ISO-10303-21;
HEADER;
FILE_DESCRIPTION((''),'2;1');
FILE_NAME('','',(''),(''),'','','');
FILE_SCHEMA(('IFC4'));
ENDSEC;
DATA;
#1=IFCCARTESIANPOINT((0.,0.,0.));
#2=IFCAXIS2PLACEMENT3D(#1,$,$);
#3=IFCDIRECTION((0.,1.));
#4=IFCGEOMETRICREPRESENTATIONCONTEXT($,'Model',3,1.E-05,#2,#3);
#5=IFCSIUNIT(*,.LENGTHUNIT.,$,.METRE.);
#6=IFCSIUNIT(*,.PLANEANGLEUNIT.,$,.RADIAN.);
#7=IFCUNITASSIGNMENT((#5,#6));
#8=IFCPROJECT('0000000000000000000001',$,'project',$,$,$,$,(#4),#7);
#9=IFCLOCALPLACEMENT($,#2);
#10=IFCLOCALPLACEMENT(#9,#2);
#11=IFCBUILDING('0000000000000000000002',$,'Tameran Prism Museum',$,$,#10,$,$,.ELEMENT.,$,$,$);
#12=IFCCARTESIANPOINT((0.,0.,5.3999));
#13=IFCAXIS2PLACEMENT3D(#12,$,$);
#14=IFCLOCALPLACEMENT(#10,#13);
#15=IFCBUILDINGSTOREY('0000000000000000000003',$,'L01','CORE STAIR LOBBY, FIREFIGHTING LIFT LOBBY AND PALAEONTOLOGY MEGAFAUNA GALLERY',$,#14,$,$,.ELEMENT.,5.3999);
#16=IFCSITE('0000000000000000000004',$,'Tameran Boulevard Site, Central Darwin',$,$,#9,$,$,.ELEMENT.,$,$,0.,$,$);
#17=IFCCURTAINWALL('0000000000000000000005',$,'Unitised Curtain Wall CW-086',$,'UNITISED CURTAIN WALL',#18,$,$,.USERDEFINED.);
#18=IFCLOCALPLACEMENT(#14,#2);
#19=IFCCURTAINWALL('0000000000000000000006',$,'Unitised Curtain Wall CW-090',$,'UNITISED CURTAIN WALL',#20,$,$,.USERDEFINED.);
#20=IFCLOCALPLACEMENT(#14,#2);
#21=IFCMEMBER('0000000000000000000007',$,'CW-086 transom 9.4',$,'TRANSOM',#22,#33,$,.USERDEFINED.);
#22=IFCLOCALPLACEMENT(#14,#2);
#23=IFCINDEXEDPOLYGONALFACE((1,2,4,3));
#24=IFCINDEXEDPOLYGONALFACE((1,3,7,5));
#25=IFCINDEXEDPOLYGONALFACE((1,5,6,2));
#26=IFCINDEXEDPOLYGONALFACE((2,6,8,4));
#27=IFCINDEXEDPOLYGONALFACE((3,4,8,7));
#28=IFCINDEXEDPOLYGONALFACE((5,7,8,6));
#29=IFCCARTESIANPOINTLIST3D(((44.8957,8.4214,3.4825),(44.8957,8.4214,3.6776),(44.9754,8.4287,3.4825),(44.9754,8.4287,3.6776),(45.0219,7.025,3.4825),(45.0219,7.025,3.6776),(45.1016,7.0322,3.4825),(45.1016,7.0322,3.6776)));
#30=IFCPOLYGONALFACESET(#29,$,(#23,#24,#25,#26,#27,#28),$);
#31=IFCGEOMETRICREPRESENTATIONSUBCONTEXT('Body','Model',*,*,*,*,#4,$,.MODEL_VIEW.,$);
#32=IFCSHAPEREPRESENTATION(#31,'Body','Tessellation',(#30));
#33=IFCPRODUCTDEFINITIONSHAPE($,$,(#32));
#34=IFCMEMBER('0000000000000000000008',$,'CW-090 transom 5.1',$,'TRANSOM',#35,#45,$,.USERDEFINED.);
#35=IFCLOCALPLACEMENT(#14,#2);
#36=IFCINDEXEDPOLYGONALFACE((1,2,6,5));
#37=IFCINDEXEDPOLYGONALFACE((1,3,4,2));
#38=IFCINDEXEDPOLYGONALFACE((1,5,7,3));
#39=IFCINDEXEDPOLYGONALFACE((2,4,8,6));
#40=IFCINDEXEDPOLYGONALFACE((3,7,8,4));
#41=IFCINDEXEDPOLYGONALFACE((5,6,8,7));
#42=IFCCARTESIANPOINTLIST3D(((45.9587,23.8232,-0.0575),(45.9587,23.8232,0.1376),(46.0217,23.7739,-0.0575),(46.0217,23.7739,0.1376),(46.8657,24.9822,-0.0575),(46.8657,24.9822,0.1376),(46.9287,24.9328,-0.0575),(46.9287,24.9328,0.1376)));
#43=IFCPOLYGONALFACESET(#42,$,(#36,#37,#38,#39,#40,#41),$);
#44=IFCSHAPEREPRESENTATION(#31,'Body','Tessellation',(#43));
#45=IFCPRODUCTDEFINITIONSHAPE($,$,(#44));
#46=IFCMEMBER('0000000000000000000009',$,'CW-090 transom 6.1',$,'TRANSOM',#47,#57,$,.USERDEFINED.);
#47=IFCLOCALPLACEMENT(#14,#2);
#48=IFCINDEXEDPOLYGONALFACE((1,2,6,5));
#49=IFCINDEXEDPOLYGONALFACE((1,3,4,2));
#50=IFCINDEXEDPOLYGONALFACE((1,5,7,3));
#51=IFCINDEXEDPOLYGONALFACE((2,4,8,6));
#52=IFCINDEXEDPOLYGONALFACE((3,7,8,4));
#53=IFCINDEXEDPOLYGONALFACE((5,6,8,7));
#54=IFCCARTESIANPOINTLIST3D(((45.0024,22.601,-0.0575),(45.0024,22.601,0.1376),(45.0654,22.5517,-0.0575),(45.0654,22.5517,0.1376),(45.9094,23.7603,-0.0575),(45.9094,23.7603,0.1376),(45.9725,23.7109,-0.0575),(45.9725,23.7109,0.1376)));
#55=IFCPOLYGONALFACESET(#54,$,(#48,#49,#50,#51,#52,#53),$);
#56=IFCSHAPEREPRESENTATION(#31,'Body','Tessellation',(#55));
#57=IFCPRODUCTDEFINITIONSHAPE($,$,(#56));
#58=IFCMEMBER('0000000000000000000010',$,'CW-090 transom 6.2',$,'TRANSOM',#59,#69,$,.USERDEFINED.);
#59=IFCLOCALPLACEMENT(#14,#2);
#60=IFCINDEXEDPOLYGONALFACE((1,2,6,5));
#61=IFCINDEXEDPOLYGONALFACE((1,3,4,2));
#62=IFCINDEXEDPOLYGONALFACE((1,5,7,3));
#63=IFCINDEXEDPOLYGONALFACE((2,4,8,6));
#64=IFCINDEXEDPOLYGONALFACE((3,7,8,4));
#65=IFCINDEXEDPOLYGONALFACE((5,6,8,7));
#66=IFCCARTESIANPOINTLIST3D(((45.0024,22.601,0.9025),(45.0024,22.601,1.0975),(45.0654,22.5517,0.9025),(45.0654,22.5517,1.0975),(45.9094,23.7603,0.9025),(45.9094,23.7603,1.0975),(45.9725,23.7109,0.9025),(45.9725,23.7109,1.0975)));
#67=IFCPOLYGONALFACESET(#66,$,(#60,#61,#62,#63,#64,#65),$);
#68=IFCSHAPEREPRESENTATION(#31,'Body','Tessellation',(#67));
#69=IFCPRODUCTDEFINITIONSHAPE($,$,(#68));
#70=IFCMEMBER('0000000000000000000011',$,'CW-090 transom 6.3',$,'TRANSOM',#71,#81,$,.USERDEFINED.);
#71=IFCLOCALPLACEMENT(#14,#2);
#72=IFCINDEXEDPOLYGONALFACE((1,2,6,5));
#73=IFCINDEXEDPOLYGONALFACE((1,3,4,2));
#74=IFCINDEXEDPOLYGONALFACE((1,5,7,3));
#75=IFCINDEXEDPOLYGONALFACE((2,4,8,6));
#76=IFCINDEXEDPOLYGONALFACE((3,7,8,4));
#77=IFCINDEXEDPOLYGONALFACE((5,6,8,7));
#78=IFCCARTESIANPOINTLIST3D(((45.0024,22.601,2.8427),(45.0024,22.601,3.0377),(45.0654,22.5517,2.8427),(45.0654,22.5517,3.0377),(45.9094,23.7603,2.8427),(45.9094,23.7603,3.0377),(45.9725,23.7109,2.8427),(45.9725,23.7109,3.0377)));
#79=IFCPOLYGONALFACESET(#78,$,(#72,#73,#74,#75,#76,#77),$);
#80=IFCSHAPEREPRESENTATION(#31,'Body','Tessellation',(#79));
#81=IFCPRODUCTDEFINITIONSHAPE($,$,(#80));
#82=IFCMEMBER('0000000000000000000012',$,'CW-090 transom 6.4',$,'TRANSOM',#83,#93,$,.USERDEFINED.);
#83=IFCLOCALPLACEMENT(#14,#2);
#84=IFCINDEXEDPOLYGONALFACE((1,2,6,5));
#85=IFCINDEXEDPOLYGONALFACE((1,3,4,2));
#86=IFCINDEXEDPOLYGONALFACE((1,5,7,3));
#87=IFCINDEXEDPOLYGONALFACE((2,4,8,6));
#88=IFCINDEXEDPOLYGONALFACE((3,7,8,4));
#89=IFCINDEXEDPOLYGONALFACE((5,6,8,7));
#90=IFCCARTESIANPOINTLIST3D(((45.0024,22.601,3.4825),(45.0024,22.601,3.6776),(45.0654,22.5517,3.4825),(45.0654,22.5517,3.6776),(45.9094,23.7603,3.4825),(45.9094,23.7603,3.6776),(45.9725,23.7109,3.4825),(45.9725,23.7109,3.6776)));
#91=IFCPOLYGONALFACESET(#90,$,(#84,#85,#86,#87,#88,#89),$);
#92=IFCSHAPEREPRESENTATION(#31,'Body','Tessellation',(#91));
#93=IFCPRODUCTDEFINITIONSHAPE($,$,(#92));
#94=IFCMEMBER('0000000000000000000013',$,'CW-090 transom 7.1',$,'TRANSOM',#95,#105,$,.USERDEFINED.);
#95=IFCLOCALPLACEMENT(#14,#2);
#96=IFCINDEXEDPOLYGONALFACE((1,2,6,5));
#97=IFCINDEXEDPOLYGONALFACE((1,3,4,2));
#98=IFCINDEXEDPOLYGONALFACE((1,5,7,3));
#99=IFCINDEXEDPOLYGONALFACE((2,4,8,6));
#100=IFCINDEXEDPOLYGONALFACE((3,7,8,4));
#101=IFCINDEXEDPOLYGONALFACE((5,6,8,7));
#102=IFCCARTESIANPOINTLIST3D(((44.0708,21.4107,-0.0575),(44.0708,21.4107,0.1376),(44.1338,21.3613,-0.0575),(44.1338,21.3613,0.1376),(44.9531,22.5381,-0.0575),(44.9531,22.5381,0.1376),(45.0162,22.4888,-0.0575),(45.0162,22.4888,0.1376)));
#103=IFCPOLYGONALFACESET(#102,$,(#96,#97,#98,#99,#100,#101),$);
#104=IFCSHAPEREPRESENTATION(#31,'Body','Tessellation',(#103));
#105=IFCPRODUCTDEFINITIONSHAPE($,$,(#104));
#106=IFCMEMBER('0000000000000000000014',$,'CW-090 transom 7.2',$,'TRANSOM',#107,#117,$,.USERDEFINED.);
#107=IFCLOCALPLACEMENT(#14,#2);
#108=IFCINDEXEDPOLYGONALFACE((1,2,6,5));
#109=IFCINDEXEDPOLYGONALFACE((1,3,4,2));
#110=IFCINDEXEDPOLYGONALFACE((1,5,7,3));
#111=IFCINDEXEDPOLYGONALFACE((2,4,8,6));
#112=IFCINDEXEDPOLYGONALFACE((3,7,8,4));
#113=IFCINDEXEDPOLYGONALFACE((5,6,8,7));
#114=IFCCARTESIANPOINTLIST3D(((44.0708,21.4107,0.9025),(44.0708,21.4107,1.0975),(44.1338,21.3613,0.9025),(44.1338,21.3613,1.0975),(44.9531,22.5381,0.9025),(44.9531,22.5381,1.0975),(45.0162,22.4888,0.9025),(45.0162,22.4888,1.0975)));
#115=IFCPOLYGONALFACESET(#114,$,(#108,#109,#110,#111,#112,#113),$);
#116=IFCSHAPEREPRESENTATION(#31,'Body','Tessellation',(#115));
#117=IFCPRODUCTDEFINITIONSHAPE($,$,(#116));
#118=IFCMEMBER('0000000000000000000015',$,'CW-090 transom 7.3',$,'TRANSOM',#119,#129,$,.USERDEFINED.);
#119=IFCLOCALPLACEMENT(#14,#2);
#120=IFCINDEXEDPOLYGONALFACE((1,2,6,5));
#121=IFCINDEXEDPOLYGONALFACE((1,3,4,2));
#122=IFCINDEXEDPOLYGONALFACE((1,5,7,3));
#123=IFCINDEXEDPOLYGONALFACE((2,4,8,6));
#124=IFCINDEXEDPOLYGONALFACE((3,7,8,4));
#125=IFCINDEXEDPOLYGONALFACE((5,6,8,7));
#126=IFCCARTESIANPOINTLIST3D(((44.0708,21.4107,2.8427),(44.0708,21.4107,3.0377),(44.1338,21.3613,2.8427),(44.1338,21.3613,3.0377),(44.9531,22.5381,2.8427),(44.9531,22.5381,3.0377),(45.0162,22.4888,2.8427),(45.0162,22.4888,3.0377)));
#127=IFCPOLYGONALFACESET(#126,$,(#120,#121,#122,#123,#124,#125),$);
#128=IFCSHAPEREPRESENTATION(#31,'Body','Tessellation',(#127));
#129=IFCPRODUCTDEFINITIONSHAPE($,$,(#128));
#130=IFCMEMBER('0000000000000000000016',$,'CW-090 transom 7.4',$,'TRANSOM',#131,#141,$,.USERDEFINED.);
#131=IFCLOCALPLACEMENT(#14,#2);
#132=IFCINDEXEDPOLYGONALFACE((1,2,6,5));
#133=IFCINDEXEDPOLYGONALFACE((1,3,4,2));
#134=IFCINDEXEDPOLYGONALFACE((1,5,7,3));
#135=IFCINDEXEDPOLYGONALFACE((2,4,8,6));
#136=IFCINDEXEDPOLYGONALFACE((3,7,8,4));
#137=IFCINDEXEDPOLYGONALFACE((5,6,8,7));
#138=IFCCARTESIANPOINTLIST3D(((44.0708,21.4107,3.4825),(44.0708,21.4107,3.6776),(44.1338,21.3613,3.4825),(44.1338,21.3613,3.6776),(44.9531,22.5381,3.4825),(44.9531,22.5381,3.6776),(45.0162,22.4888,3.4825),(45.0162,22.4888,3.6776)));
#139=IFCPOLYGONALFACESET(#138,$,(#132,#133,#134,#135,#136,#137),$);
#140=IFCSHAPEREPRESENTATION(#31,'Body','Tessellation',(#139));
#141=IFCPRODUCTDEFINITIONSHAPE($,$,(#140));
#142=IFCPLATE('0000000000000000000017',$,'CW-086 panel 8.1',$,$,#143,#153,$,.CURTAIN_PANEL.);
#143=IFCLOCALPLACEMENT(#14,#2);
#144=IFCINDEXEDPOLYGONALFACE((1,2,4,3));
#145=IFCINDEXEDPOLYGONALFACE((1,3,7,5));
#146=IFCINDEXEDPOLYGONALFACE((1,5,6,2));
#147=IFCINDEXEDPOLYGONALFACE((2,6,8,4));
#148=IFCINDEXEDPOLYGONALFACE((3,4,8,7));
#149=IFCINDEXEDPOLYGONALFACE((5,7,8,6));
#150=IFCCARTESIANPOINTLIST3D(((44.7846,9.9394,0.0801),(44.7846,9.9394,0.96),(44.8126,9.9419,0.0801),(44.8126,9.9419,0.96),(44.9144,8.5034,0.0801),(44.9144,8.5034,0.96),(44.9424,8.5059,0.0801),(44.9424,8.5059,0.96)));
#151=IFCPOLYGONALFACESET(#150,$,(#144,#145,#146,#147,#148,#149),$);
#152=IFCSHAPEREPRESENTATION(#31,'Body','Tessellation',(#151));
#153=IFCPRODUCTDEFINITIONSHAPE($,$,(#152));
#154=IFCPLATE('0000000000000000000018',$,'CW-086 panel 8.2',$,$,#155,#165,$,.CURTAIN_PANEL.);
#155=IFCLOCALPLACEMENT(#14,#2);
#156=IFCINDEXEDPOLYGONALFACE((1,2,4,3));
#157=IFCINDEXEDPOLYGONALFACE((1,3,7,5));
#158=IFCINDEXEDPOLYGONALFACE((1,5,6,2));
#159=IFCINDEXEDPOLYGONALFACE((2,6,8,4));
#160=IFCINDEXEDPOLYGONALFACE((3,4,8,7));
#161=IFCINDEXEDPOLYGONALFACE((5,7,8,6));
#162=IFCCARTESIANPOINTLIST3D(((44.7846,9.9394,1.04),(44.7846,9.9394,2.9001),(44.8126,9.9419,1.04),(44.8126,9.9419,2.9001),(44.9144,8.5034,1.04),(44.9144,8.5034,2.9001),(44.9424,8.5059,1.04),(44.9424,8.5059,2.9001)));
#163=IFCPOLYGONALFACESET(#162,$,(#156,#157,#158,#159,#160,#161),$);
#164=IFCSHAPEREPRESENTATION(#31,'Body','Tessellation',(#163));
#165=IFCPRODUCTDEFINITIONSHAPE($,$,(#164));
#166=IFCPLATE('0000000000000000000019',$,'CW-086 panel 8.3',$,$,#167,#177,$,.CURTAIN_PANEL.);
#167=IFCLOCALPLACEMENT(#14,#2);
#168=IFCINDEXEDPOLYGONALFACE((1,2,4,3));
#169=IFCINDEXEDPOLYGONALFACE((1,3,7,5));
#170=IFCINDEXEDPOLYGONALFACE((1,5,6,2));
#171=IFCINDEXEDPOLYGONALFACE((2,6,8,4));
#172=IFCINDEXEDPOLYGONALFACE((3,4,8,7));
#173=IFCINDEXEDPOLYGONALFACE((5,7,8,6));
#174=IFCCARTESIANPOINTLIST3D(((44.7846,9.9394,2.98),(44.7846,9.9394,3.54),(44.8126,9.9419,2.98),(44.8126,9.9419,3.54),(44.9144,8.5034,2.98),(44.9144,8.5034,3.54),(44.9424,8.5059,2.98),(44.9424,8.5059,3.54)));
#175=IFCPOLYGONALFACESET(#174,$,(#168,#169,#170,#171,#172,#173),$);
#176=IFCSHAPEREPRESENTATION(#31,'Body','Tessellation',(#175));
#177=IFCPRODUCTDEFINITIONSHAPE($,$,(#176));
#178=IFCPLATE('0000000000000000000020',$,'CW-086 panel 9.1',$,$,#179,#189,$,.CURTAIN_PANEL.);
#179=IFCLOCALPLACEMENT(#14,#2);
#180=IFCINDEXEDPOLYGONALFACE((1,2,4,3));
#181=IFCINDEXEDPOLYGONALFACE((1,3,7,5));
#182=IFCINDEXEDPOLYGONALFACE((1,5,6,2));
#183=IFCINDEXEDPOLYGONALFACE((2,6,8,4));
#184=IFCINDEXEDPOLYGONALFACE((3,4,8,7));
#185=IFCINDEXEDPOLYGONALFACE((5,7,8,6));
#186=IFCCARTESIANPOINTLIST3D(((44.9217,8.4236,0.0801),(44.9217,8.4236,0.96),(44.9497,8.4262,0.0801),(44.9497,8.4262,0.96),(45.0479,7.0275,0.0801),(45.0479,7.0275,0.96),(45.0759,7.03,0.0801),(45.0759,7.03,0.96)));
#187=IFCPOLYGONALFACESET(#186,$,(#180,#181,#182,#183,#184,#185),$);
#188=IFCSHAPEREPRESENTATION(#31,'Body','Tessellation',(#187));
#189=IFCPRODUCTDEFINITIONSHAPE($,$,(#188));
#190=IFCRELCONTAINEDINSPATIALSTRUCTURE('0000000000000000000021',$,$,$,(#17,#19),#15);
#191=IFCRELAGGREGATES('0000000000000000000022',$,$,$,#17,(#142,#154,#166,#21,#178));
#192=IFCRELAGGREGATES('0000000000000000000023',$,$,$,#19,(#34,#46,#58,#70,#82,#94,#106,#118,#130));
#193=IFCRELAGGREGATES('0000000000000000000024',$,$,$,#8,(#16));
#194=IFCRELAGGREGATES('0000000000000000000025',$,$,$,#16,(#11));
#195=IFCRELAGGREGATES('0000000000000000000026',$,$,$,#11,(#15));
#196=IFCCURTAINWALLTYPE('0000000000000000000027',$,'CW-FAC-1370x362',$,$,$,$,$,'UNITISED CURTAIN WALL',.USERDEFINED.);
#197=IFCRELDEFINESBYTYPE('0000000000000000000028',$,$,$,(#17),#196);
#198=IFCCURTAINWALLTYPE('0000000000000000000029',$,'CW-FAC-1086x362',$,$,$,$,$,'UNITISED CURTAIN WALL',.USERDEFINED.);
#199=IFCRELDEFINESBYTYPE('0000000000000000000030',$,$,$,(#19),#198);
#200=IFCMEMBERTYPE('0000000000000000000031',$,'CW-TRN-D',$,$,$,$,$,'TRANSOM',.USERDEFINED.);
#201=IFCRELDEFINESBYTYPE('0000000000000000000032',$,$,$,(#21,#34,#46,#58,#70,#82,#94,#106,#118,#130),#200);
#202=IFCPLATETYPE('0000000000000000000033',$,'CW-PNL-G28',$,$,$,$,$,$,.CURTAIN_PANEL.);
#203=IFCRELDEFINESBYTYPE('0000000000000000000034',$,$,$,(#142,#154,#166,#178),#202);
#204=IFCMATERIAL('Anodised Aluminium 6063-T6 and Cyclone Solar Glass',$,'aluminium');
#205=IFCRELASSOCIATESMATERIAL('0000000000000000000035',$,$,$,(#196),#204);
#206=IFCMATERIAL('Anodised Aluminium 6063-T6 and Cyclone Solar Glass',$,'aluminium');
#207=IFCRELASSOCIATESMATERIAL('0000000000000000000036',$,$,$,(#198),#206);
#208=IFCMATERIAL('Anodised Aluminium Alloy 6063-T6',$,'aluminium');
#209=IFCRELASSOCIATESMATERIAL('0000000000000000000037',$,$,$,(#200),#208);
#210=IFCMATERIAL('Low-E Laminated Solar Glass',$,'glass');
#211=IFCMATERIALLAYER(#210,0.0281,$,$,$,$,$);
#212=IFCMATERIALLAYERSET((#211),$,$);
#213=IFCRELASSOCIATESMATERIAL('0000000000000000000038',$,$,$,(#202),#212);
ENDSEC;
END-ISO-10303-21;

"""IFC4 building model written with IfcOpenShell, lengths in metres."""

from ifc_helpers import new_model, si_unit, direction, frame, origin, origin_2d, place, context, subcontext, project, spatial, rectangle, extrude, material, layer, layer_set, material_profile, profile_set, type_object, element, aggregate, save


model = new_model("IFC4")

# Units and contexts
model_context = context("Model", 3, precision=1e-05, world=origin(), true_north=direction((0.0, 1.0)))
body_context = subcontext(model_context, "Body", "Model", "MODEL_VIEW")
ifc_project = project(units=[si_unit("LENGTHUNIT", "METRE"), si_unit("PLANEANGLEUNIT", "RADIAN")], contexts=[model_context])

# Site, building, storey
site_placement = place(None, origin())
site = spatial("IfcSite", under=ifc_project, at=site_placement, Name="Tameran Boulevard Site, Central Darwin", CompositionType="ELEMENT", RefElevation=0.0)
building_placement = place(site_placement, origin())
building = spatial("IfcBuilding", under=site, at=building_placement, Name="Tameran Prism Museum", CompositionType="ELEMENT")
storey_placement = place(building_placement, frame((0.0, 0.0, 5.3999)))
storey = spatial("IfcBuildingStorey", under=building, at=storey_placement, Name="L01", Description="CORE STAIR LOBBY, FIREFIGHTING LIFT LOBBY AND PALAEONTOLOGY MEGAFAUNA GALLERY", CompositionType="ELEMENT", Elevation=5.3999)

# Curtain walls
ifc_material_1 = material(Name="Anodised Aluminium 6063-T6 and Cyclone Solar Glass", Category="aluminium")
curtain_wall_type_1 = type_object("IfcCurtainWallType", Name="CW-FAC-1370x362", ElementType="UNITISED CURTAIN WALL", PredefinedType="USERDEFINED", material=ifc_material_1)
curtain_wall_1_placement = place(storey_placement, origin())
curtain_wall_1 = element("IfcCurtainWall", 1, at=curtain_wall_1_placement, inside=storey, type_object=curtain_wall_type_1, Name="Unitised Curtain Wall CW-086", ObjectType="UNITISED CURTAIN WALL", PredefinedType="USERDEFINED")
ifc_material_2 = material(Name="Anodised Aluminium 6063-T6 and Cyclone Solar Glass", Category="aluminium")
curtain_wall_type_2 = type_object("IfcCurtainWallType", Name="CW-FAC-1086x362", ElementType="UNITISED CURTAIN WALL", PredefinedType="USERDEFINED", material=ifc_material_2)
curtain_wall_2_placement = place(storey_placement, origin())
curtain_wall_2 = element("IfcCurtainWall", 2, at=curtain_wall_2_placement, inside=storey, type_object=curtain_wall_type_2, Name="Unitised Curtain Wall CW-090", ObjectType="UNITISED CURTAIN WALL", PredefinedType="USERDEFINED")

# Members
ifc_material_3 = material(Name="Anodised Aluminium Alloy 6063-T6", Category="aluminium")
ifc_material_profile_1 = material_profile(ifc_material_3, rectangle(XDim=0.0801, YDim=0.1951, at=origin_2d()))
ifc_profile_set_1 = profile_set([ifc_material_profile_1])
member_type_1 = type_object("IfcMemberType", Name="CW-TRN-D", ElementType="TRANSOM", PredefinedType="USERDEFINED", material=ifc_profile_set_1)
member_1_placement = place(storey_placement, frame((44.9355, 8.425, 3.5801), z_axis=(0.090018, -0.99594, 0.0), x_axis=(0.99594, 0.090018, 0.0)))
member_1 = element("IfcMember", 3, at=member_1_placement, type_object=member_type_1, Name="CW-086 transom 9.4", ObjectType="TRANSOM", PredefinedType="USERDEFINED", context=body_context, shape_type="SweptSolid", body=[
    extrude(rectangle(XDim=0.0801, YDim=0.1951, at=origin_2d()), origin(), (0.0, 0.0, 1.0), 1.4021),
])
member_2_placement = place(storey_placement, frame((46.8972, 24.9575, 0.04), z_axis=(-0.616304, -0.787509, 0.0), x_axis=(0.787509, -0.616304, 0.0)))
member_2 = element("IfcMember", 4, at=member_2_placement, type_object=member_type_1, Name="CW-090 transom 5.1", ObjectType="TRANSOM", PredefinedType="USERDEFINED", context=body_context, shape_type="SweptSolid", body=[
    extrude(rectangle(XDim=0.0801, YDim=0.1951, at=origin_2d()), origin(), (0.0, 0.0, 1.0), 1.4717),
])
member_3_placement = place(storey_placement, frame((45.9409, 23.7356, 0.04), z_axis=(-0.616223, -0.787572, 0.0), x_axis=(0.787572, -0.616223, 0.0)))
member_3 = element("IfcMember", 5, at=member_3_placement, type_object=member_type_1, Name="CW-090 transom 6.1", ObjectType="TRANSOM", PredefinedType="USERDEFINED", context=body_context, shape_type="SweptSolid", body=[
    extrude(rectangle(XDim=0.0801, YDim=0.1951, at=origin_2d()), origin(), (0.0, 0.0, 1.0), 1.4719),
])
member_4_placement = place(storey_placement, frame((45.9409, 23.7356, 1.0), z_axis=(-0.616223, -0.787572, 0.0), x_axis=(0.787572, -0.616223, 0.0)))
member_4 = element("IfcMember", 6, at=member_4_placement, type_object=member_type_1, Name="CW-090 transom 6.2", ObjectType="TRANSOM", PredefinedType="USERDEFINED", context=body_context, shape_type="SweptSolid", body=[
    extrude(rectangle(XDim=0.0801, YDim=0.1951, at=origin_2d()), origin(), (0.0, 0.0, 1.0), 1.4719),
])
member_5_placement = place(storey_placement, frame((45.9409, 23.7356, 2.9402), z_axis=(-0.616223, -0.787572, 0.0), x_axis=(0.787572, -0.616223, 0.0)))
member_5 = element("IfcMember", 7, at=member_5_placement, type_object=member_type_1, Name="CW-090 transom 6.3", ObjectType="TRANSOM", PredefinedType="USERDEFINED", context=body_context, shape_type="SweptSolid", body=[
    extrude(rectangle(XDim=0.0801, YDim=0.1951, at=origin_2d()), origin(), (0.0, 0.0, 1.0), 1.4719),
])
member_6_placement = place(storey_placement, frame((45.9409, 23.7356, 3.5801), z_axis=(-0.616223, -0.787572, 0.0), x_axis=(0.787572, -0.616223, 0.0)))
member_6 = element("IfcMember", 8, at=member_6_placement, type_object=member_type_1, Name="CW-090 transom 6.4", ObjectType="TRANSOM", PredefinedType="USERDEFINED", context=body_context, shape_type="SweptSolid", body=[
    extrude(rectangle(XDim=0.0801, YDim=0.1951, at=origin_2d()), origin(), (0.0, 0.0, 1.0), 1.4719),
])
member_7_placement = place(storey_placement, frame((44.9846, 22.5134, 0.04), z_axis=(-0.616299, -0.787512, 0.0), x_axis=(0.787512, -0.616299, 0.0)))
member_7 = element("IfcMember", 9, at=member_7_placement, type_object=member_type_1, Name="CW-090 transom 7.1", ObjectType="TRANSOM", PredefinedType="USERDEFINED", context=body_context, shape_type="SweptSolid", body=[
    extrude(rectangle(XDim=0.0801, YDim=0.1951, at=origin_2d()), origin(), (0.0, 0.0, 1.0), 1.4316),
])
member_8_placement = place(storey_placement, frame((44.9846, 22.5134, 1.0), z_axis=(-0.616299, -0.787512, 0.0), x_axis=(0.787512, -0.616299, 0.0)))
member_8 = element("IfcMember", 10, at=member_8_placement, type_object=member_type_1, Name="CW-090 transom 7.2", ObjectType="TRANSOM", PredefinedType="USERDEFINED", context=body_context, shape_type="SweptSolid", body=[
    extrude(rectangle(XDim=0.0801, YDim=0.1951, at=origin_2d()), origin(), (0.0, 0.0, 1.0), 1.4316),
])
member_9_placement = place(storey_placement, frame((44.9846, 22.5134, 2.9402), z_axis=(-0.616299, -0.787512, 0.0), x_axis=(0.787512, -0.616299, 0.0)))
member_9 = element("IfcMember", 11, at=member_9_placement, type_object=member_type_1, Name="CW-090 transom 7.3", ObjectType="TRANSOM", PredefinedType="USERDEFINED", context=body_context, shape_type="SweptSolid", body=[
    extrude(rectangle(XDim=0.0801, YDim=0.1951, at=origin_2d()), origin(), (0.0, 0.0, 1.0), 1.4316),
])
member_10_placement = place(storey_placement, frame((44.9846, 22.5134, 3.5801), z_axis=(-0.616299, -0.787512, 0.0), x_axis=(0.787512, -0.616299, 0.0)))
member_10 = element("IfcMember", 12, at=member_10_placement, type_object=member_type_1, Name="CW-090 transom 7.4", ObjectType="TRANSOM", PredefinedType="USERDEFINED", context=body_context, shape_type="SweptSolid", body=[
    extrude(rectangle(XDim=0.0801, YDim=0.1951, at=origin_2d()), origin(), (0.0, 0.0, 1.0), 1.4316),
])

# Plates
ifc_material_4 = material(Name="Low-E Laminated Solar Glass", Category="glass")
ifc_layer_1 = layer(ifc_material_4, 0.0281)
ifc_layer_set_1 = layer_set([ifc_layer_1])
plate_type_1 = type_object("IfcPlateType", Name="CW-PNL-G28", PredefinedType="CURTAIN_PANEL", material=ifc_layer_set_1)
plate_1_placement = place(storey_placement, frame((44.8635, 9.2227, 0.0801), z_axis=(0.0, 0.0, 1.0), x_axis=(0.090016, -0.99594, 0.0)))
plate_1 = element("IfcPlate", 13, at=plate_1_placement, type_object=plate_type_1, Name="CW-086 panel 8.1", PredefinedType="CURTAIN_PANEL", context=body_context, shape_type="SweptSolid", body=[
    extrude(rectangle(XDim=1.4419, YDim=0.0281, at=origin_2d()), origin(), (0.0, 0.0, 1.0), 0.8799),
])
plate_2_placement = place(storey_placement, frame((44.8635, 9.2227, 1.04), z_axis=(0.0, 0.0, 1.0), x_axis=(0.090016, -0.99594, 0.0)))
plate_2 = element("IfcPlate", 14, at=plate_2_placement, type_object=plate_type_1, Name="CW-086 panel 8.2", PredefinedType="CURTAIN_PANEL", context=body_context, shape_type="SweptSolid", body=[
    extrude(rectangle(XDim=1.4419, YDim=0.0281, at=origin_2d()), origin(), (0.0, 0.0, 1.0), 1.8601),
])
plate_3_placement = place(storey_placement, frame((44.8635, 9.2227, 2.98), z_axis=(0.0, 0.0, 1.0), x_axis=(0.090016, -0.99594, 0.0)))
plate_3 = element("IfcPlate", 15, at=plate_3_placement, type_object=plate_type_1, Name="CW-086 panel 8.3", PredefinedType="CURTAIN_PANEL", context=body_context, shape_type="SweptSolid", body=[
    extrude(rectangle(XDim=1.4419, YDim=0.0281, at=origin_2d()), origin(), (0.0, 0.0, 1.0), 0.5601),
])
plate_4_placement = place(storey_placement, frame((44.9988, 7.7268, 0.0801), z_axis=(0.0, 0.0, 1.0), x_axis=(0.090016, -0.99594, 0.0)))
plate_4 = element("IfcPlate", 16, at=plate_4_placement, type_object=plate_type_1, Name="CW-086 panel 9.1", PredefinedType="CURTAIN_PANEL", context=body_context, shape_type="SweptSolid", body=[
    extrude(rectangle(XDim=1.4019, YDim=0.0281, at=origin_2d()), origin(), (0.0, 0.0, 1.0), 0.8799),
])
aggregate(curtain_wall_1, [plate_1, plate_2, plate_3, member_1, plate_4])
aggregate(curtain_wall_2, [member_2, member_3, member_4, member_5, member_6, member_7, member_8, member_9, member_10])

save(model, "model.ifc")
